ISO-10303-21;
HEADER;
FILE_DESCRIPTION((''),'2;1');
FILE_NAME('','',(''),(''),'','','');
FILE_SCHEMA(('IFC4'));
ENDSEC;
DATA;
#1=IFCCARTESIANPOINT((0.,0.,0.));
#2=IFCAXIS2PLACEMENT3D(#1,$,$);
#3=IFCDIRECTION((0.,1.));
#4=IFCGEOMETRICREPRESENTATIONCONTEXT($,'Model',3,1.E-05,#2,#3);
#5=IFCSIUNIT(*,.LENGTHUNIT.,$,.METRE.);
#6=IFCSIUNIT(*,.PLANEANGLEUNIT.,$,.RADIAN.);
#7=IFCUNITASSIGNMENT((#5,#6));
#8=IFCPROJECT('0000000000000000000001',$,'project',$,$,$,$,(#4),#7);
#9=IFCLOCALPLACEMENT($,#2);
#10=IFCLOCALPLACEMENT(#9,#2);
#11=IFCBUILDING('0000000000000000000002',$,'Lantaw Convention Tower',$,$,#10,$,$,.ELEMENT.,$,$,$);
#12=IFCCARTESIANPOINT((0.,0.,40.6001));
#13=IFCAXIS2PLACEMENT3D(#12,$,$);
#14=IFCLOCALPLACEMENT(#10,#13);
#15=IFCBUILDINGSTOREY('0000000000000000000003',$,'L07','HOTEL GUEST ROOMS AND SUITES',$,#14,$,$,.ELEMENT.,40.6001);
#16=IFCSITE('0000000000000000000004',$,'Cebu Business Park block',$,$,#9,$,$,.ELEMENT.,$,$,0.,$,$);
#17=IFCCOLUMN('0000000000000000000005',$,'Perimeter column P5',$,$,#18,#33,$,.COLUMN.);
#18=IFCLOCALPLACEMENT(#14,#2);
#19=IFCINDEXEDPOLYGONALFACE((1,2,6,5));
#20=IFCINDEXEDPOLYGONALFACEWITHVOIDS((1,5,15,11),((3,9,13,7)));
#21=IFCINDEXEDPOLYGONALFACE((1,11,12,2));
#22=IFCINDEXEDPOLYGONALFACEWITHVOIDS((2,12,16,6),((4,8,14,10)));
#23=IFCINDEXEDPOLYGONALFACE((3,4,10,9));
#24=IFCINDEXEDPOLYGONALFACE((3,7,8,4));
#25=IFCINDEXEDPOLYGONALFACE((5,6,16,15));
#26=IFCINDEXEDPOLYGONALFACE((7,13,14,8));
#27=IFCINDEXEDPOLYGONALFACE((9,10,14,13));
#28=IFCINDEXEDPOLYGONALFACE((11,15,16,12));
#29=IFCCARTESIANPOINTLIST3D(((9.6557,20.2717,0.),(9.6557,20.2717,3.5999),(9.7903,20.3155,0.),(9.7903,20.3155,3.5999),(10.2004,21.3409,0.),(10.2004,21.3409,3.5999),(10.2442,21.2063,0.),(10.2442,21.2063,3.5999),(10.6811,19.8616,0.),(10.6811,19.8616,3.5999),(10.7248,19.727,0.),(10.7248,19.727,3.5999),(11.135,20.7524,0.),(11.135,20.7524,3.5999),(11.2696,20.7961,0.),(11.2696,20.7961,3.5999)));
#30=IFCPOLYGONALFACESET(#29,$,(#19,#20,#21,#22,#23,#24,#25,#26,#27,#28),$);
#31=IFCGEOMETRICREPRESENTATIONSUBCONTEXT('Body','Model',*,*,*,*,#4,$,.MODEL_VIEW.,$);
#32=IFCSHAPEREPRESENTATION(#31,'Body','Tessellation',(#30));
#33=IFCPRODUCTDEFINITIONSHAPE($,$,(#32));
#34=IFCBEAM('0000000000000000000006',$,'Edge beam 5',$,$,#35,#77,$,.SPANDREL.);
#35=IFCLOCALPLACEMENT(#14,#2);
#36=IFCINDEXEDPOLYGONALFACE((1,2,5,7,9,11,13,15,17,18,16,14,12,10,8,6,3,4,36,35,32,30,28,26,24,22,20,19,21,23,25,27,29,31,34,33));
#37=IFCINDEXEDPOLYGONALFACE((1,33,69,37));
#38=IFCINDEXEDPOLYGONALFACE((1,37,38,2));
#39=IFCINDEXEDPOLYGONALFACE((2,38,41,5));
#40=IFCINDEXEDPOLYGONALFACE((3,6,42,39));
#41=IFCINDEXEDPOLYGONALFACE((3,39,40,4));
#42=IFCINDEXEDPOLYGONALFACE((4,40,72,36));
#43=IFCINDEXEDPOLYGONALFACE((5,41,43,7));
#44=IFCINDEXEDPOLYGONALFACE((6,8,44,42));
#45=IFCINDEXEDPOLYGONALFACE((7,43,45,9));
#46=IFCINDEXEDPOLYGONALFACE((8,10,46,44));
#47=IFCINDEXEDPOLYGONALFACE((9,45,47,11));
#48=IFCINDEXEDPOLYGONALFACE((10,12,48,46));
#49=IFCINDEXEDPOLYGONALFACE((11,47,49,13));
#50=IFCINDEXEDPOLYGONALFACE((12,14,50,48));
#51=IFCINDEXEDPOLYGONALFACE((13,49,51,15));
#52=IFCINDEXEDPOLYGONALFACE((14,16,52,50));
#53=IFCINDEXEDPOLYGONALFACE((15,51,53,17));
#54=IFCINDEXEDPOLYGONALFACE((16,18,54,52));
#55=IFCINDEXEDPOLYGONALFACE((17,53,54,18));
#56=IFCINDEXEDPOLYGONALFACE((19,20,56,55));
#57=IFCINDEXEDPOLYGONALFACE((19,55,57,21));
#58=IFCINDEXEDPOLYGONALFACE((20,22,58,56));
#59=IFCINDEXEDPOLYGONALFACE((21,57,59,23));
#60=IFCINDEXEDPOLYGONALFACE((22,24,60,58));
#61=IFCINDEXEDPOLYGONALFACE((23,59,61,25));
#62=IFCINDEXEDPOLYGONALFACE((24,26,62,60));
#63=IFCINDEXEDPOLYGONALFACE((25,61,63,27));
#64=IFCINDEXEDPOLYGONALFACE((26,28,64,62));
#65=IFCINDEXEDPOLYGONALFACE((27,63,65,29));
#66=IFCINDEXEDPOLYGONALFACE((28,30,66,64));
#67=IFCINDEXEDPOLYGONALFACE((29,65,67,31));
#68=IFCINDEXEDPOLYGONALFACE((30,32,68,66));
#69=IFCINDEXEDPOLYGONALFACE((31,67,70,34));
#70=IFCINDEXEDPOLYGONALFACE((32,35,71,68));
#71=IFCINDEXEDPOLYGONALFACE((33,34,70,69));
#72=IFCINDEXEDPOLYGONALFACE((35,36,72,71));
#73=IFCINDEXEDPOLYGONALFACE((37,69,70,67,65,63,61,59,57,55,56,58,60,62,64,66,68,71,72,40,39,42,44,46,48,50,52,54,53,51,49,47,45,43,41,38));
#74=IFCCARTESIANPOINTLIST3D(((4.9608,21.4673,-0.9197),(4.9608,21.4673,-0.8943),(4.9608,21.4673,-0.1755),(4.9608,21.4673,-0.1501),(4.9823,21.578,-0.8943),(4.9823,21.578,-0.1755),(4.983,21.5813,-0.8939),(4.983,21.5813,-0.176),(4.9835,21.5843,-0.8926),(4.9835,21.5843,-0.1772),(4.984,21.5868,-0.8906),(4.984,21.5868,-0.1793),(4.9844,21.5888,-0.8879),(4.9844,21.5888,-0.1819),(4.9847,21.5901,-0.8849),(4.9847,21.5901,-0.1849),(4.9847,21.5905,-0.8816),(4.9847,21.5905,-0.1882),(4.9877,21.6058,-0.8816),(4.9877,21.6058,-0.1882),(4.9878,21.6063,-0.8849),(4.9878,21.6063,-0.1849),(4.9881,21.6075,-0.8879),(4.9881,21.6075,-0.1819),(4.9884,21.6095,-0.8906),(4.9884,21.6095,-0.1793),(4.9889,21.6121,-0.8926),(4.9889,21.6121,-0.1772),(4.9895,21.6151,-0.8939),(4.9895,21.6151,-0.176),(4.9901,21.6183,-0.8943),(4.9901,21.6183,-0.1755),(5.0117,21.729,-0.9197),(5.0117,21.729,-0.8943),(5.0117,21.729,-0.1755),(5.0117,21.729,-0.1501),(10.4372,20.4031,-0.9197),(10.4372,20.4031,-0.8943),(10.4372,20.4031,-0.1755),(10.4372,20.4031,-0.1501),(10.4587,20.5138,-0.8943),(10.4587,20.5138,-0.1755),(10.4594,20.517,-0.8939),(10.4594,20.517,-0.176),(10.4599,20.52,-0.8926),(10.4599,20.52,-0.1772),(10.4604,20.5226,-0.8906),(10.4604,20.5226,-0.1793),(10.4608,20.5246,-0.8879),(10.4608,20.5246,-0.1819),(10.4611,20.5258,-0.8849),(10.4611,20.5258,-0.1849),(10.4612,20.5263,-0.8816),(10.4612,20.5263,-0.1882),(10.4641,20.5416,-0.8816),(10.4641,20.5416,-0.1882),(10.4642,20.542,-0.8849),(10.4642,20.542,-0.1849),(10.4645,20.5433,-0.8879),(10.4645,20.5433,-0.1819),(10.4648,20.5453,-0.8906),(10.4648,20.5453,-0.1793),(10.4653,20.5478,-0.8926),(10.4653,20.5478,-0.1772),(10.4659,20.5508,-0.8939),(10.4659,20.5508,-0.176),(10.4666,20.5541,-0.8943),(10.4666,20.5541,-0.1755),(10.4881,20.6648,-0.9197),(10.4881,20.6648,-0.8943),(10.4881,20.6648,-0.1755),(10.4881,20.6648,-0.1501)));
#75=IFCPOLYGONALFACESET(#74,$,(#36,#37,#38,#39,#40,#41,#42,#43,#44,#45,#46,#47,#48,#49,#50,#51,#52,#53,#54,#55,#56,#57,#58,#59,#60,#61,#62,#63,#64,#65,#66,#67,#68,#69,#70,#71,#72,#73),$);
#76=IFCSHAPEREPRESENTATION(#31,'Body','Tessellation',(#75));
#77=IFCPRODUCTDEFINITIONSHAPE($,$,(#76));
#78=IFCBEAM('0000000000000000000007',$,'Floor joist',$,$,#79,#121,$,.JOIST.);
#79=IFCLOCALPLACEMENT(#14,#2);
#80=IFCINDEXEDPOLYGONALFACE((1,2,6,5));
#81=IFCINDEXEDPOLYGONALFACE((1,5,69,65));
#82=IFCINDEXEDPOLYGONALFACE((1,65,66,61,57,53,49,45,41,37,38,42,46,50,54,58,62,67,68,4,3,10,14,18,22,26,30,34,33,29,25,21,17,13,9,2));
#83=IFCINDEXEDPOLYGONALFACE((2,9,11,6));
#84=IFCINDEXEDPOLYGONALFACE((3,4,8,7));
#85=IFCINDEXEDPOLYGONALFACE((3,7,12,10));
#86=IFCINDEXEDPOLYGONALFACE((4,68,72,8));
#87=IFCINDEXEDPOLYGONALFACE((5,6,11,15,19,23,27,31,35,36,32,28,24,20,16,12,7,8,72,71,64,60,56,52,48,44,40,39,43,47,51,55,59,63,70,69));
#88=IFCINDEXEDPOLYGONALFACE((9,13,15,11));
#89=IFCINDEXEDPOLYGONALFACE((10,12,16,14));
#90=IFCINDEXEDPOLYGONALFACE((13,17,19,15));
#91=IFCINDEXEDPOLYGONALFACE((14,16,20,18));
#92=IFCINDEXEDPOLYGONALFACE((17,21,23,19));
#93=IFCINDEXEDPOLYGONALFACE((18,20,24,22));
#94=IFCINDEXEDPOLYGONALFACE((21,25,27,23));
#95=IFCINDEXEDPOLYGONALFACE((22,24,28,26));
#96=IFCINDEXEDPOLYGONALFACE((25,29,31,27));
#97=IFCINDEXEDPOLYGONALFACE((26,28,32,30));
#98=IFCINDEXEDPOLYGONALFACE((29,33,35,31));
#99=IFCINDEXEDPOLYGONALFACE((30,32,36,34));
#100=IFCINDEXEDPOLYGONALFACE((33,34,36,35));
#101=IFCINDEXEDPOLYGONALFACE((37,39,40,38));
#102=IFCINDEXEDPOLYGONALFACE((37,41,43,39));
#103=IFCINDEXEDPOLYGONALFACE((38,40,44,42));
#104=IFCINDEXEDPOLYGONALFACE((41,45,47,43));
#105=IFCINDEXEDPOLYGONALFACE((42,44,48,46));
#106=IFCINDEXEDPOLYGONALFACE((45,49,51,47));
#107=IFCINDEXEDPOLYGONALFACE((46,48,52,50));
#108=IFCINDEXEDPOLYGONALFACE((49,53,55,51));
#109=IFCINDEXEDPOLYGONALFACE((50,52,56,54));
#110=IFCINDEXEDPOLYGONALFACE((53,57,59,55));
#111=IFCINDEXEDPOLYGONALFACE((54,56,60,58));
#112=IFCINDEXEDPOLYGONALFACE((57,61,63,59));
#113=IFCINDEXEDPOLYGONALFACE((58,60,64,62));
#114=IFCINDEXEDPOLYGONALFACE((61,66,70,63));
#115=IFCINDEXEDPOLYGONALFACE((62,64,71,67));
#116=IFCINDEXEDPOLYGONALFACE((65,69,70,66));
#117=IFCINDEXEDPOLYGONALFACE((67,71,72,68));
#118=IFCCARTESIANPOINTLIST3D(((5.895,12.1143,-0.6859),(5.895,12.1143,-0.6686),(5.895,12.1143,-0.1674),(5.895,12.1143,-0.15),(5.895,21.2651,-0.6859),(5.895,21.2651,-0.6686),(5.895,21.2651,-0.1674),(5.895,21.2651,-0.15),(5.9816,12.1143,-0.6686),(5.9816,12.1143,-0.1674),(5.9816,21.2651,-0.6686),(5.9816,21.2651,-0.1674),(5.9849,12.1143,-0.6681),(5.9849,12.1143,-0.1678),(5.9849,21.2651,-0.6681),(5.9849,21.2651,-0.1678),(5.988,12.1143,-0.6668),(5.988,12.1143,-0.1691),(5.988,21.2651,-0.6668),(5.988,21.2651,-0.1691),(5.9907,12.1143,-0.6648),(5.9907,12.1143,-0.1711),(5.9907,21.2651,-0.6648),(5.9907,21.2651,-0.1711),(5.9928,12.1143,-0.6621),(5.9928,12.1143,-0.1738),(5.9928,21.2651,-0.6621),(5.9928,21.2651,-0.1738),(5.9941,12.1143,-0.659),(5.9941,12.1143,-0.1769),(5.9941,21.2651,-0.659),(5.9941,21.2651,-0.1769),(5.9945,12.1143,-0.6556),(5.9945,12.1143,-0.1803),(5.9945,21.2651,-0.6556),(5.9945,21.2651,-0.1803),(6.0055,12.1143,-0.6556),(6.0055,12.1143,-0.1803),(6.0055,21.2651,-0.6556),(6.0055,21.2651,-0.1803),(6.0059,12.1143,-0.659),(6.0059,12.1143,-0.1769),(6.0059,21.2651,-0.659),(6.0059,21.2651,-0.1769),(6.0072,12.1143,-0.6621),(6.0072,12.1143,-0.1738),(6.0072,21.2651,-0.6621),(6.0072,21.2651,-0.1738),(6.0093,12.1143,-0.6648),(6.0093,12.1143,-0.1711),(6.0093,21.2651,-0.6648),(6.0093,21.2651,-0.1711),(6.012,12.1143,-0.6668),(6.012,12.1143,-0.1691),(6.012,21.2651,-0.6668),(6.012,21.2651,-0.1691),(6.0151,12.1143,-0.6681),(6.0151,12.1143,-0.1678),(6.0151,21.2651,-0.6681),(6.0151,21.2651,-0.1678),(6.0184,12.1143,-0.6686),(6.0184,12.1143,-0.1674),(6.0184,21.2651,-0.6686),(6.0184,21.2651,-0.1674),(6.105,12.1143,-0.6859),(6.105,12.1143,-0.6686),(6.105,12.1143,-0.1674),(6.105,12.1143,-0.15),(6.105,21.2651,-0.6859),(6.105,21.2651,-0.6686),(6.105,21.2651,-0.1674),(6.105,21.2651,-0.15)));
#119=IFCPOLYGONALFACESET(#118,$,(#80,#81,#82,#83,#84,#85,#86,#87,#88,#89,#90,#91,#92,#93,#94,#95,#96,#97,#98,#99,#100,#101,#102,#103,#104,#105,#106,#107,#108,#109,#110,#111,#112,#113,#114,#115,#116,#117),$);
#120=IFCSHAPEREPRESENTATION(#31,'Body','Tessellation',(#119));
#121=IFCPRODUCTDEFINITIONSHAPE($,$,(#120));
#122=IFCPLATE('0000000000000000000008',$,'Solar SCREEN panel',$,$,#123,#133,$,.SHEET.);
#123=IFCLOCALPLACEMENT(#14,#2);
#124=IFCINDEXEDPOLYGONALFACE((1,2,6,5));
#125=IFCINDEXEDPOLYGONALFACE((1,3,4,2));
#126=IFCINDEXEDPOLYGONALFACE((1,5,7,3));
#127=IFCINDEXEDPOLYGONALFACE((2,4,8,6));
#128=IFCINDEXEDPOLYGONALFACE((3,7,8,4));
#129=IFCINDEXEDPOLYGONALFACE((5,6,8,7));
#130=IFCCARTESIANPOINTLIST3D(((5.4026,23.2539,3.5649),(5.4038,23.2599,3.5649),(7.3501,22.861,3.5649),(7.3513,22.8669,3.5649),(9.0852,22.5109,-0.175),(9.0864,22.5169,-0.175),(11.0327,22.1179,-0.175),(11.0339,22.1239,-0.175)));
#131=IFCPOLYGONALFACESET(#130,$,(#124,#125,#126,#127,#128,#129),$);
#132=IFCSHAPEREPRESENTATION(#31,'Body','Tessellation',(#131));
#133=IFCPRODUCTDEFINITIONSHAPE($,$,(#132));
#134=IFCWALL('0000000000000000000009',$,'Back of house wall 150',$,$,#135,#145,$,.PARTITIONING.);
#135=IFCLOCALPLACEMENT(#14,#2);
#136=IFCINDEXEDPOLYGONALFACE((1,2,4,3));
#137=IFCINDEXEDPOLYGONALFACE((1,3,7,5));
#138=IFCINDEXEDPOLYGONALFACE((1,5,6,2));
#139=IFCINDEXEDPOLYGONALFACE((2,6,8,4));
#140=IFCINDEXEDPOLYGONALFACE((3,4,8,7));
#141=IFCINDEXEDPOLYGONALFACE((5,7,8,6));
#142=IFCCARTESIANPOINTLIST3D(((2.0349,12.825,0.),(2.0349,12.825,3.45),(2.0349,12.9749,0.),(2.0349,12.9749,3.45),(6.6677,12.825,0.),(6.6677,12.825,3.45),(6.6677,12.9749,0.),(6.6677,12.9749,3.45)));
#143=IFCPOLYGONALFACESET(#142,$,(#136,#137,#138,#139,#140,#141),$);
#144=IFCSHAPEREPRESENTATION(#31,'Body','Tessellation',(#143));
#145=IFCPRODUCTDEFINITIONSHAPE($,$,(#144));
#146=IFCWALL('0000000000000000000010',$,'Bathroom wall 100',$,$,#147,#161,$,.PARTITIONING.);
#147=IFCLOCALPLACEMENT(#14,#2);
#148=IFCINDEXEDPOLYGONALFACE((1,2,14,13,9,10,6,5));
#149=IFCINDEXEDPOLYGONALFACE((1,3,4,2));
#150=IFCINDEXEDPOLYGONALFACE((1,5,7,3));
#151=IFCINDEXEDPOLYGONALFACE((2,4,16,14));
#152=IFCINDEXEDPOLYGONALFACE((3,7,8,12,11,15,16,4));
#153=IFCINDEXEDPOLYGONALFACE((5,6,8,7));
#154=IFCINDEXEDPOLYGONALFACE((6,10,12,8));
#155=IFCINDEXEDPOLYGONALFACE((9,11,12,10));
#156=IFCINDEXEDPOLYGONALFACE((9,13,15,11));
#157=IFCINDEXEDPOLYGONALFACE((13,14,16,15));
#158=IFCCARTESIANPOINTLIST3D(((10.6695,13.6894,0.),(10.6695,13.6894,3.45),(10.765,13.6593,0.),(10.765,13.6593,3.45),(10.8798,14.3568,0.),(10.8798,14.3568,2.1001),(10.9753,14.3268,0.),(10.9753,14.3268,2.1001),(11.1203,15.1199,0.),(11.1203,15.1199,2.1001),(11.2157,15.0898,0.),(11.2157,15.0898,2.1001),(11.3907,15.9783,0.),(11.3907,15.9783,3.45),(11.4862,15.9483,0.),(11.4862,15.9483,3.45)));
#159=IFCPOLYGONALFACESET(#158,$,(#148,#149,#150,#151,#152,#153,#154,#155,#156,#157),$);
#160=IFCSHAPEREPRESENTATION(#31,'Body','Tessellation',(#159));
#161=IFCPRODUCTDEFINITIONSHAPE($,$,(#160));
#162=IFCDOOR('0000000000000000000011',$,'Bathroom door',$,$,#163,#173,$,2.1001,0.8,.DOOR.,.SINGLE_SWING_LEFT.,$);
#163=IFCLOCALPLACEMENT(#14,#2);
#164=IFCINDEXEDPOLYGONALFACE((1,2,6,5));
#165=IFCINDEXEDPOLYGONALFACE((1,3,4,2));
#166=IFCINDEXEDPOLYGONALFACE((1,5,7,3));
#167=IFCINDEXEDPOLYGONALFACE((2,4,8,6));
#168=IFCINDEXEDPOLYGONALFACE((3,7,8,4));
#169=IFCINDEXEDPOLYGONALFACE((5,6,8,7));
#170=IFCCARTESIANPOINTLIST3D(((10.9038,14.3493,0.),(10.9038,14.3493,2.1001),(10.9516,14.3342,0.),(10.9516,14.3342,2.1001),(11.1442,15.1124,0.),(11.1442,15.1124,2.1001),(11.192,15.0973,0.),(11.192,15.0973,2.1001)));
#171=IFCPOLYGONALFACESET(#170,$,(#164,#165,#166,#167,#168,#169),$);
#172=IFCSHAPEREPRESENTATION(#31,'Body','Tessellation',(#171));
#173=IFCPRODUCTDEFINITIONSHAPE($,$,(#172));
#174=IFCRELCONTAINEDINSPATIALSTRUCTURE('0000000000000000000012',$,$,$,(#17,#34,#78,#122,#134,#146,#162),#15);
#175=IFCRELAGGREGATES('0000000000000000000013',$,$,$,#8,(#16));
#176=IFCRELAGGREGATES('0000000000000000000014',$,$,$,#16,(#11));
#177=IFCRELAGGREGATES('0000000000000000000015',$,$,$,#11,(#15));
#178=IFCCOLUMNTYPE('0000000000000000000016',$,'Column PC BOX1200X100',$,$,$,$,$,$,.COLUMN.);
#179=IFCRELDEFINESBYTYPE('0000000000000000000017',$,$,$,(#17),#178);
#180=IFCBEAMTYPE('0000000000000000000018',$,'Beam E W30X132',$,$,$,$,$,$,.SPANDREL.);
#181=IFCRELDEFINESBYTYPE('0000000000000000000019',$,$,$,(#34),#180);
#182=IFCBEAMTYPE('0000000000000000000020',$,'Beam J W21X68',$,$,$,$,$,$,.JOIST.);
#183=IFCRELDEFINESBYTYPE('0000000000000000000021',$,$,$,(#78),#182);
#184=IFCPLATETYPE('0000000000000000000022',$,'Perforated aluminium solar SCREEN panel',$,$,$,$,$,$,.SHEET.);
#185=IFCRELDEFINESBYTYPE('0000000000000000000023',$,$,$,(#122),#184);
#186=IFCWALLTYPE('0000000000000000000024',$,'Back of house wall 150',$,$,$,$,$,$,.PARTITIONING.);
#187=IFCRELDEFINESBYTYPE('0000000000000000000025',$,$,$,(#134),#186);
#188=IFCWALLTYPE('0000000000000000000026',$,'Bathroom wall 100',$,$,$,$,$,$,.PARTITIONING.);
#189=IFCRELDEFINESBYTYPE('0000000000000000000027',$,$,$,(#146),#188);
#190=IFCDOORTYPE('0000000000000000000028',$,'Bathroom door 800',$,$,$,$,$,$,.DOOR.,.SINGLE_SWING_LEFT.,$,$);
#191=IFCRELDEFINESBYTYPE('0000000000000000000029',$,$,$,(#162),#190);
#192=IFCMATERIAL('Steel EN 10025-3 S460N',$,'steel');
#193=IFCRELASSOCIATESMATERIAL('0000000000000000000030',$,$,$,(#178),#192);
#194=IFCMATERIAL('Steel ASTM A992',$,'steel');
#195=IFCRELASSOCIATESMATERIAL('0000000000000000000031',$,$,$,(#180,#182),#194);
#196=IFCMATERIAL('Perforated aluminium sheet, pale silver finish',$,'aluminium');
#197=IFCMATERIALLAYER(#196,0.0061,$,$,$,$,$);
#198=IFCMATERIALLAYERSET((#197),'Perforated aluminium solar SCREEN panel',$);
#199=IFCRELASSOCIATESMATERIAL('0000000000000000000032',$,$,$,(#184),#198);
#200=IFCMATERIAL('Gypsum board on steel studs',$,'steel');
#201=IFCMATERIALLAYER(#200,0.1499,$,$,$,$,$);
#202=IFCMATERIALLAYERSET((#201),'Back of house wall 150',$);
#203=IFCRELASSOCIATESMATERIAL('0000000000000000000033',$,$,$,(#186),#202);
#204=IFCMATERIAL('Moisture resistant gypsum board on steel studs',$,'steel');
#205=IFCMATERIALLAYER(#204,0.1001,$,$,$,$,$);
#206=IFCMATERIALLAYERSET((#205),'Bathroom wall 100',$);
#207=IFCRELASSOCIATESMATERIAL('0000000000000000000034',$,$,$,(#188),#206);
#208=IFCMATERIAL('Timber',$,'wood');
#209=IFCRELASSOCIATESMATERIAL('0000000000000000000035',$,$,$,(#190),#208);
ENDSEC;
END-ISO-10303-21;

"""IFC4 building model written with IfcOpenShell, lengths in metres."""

from ifc_helpers import new_model, si_unit, direction, frame, frame_2d, origin, origin_2d, place, context, subcontext, project, spatial, polyline, rectangle, hollow_rectangle, i_section, outline, extrude, material, layer, layer_set, material_profile, profile_set, type_object, element, fill, save


model = new_model("IFC4")

# Units and contexts
model_context = context("Model", 3, precision=1e-05, world=origin(), true_north=direction((0.0, 1.0)))
body_context = subcontext(model_context, "Body", "Model", "MODEL_VIEW")
ifc_project = project(units=[si_unit("LENGTHUNIT", "METRE"), si_unit("PLANEANGLEUNIT", "RADIAN")], contexts=[model_context])

# Site, building, storey
site_placement = place(None, origin())
site = spatial("IfcSite", under=ifc_project, at=site_placement, Name="Cebu Business Park block", CompositionType="ELEMENT", RefElevation=0.0)
building_placement = place(site_placement, origin())
building = spatial("IfcBuilding", under=site, at=building_placement, Name="Lantaw Convention Tower", CompositionType="ELEMENT")
storey_placement = place(building_placement, frame((0.0, 0.0, 40.6001)))
storey = spatial("IfcBuildingStorey", under=building, at=storey_placement, Name="L07", Description="HOTEL GUEST ROOMS AND SUITES", CompositionType="ELEMENT", Elevation=40.6001)

# Column
ifc_material_1 = material(Name="Steel EN 10025-3 S460N", Category="steel")
ifc_material_profile_1 = material_profile(ifc_material_1, hollow_rectangle(XDim=1.2, YDim=1.2, WallThickness=0.1001, at=origin_2d()), Name="BOX1200X100")
ifc_material_2 = material(Name="Concrete C60/75", Category="concrete")
ifc_material_profile_2 = material_profile(ifc_material_2, rectangle(XDim=1.0, YDim=1.0, at=origin_2d()), Name="Concrete fill of BOX1200X100")
ifc_profile_set_1 = profile_set([ifc_material_profile_1, ifc_material_profile_2], Name="Steel EN 10025-3 S460N")
column_type = type_object("IfcColumnType", Name="Column PC BOX1200X100", PredefinedType="COLUMN", material=ifc_profile_set_1)
column_placement = place(storey_placement, frame((10.4626, 20.5339, 0.0), z_axis=(0.0, 0.0, 1.0), x_axis=(0.45399, 0.891007, 0.0)))
element("IfcColumn", 1, at=column_placement, inside=storey, type_object=column_type, Name="Perimeter column P5", PredefinedType="COLUMN", context=body_context, shape_type="SweptSolid", body=[
    extrude(hollow_rectangle(XDim=1.2, YDim=1.2, WallThickness=0.1001, at=origin_2d()), origin(), (0.0, 0.0, 1.0), 3.5999),
])

# Beams
ifc_material_3 = material(Name="Steel ASTM A992", Category="steel")
ifc_material_profile_3 = material_profile(ifc_material_3, i_section(OverallWidth=0.2666, OverallDepth=0.7695, WebThickness=0.0156, FlangeThickness=0.0254, FilletRadius=0.0127, at=origin_2d()), Name="W30X132")
ifc_profile_set_2 = profile_set([ifc_material_profile_3], Name="Steel ASTM A992")
beam_type_1 = type_object("IfcBeamType", Name="Beam E W30X132", PredefinedType="SPANDREL", material=ifc_profile_set_2)
beam_1_placement = place(storey_placement, frame((10.4626, 20.5339, -0.5349), z_axis=(-0.981637, 0.190761, 0.0), x_axis=(-0.190761, -0.981637, 0.0)))
element("IfcBeam", 2, at=beam_1_placement, inside=storey, type_object=beam_type_1, Name="Edge beam 5", PredefinedType="SPANDREL", context=body_context, shape_type="SweptSolid", body=[
    extrude(i_section(OverallWidth=0.2666, OverallDepth=0.7695, WebThickness=0.0156, FlangeThickness=0.0254, FilletRadius=0.0127, at=origin_2d()), origin(), (0.0, 0.0, 1.0), 5.5789),
])
ifc_material_profile_4 = material_profile(ifc_material_3, i_section(OverallWidth=0.21, OverallDepth=0.5359, WebThickness=0.011, FlangeThickness=0.0173, FilletRadius=0.0129, at=origin_2d()), Name="W21X68")
ifc_profile_set_3 = profile_set([ifc_material_profile_4], Name="Steel ASTM A992")
beam_type_2 = type_object("IfcBeamType", Name="Beam J W21X68", PredefinedType="JOIST", material=ifc_profile_set_3)
beam_2_placement = place(storey_placement, frame((6.0, 12.1143, -0.418), z_axis=(0.0, 1.0, 0.0), x_axis=(-1.0, 0.0, 0.0)))
element("IfcBeam", 3, at=beam_2_placement, inside=storey, type_object=beam_type_2, Name="Floor joist", PredefinedType="JOIST", context=body_context, shape_type="SweptSolid", body=[
    extrude(i_section(OverallWidth=0.21, OverallDepth=0.5359, WebThickness=0.011, FlangeThickness=0.0173, FilletRadius=0.0129, at=origin_2d()), origin(), (0.0, 0.0, 1.0), 9.1509),
])

# Plate
ifc_material_4 = material(Name="Perforated aluminium sheet, pale silver finish", Category="aluminium")
ifc_layer_1 = layer(ifc_material_4, 0.0061)
ifc_layer_set_1 = layer_set([ifc_layer_1], Name="Perforated aluminium solar SCREEN panel")
plate_type = type_object("IfcPlateType", Name="Perforated aluminium solar SCREEN panel", PredefinedType="SHEET", material=ifc_layer_set_1)
plate_placement = place(storey_placement, frame((11.0327, 22.1179, -0.175), z_axis=(-0.197782, -0.980246, 0.000002), x_axis=(-0.980246, 0.197782, 0.0)))
element("IfcPlate", 4, at=plate_placement, inside=storey, type_object=plate_type, Name="Solar SCREEN panel", PredefinedType="SHEET", context=body_context, shape_type="SweptSolid", body=[
    extrude(outline(polyline([(0.0, 0.0), (1.9868, 0.0), (5.7436, -3.74), (3.7569, -3.74), (0.0, 0.0)])), origin(), (0.0, 0.0, -1.0), 0.0061),
])

# Wall
ifc_material_5 = material(Name="Gypsum board on steel studs", Category="steel")
ifc_layer_2 = layer(ifc_material_5, 0.1499)
ifc_layer_set_2 = layer_set([ifc_layer_2], Name="Back of house wall 150")
wall_type_1 = type_object("IfcWallType", Name="Back of house wall 150", PredefinedType="PARTITIONING", material=ifc_layer_set_2)
wall_1_placement = place(storey_placement, frame((6.6677, 12.8999, 0.0), z_axis=(0.0, 0.0, 1.0), x_axis=(-1.0, 0.0, 0.0)))
element("IfcWall", 5, at=wall_1_placement, inside=storey, type_object=wall_type_1, Name="Back of house wall 150", PredefinedType="PARTITIONING", context=body_context, shape_type="SweptSolid", body=[
    extrude(rectangle(XDim=4.6328, YDim=0.1499, at=frame_2d((2.3164, 0.0))), origin(), (0.0, 0.0, 1.0), 3.45),
])

# Wall, opening, door
ifc_material_6 = material(Name="Moisture resistant gypsum board on steel studs", Category="steel")
ifc_layer_3 = layer(ifc_material_6, 0.1001)
ifc_layer_set_3 = layer_set([ifc_layer_3], Name="Bathroom wall 100")
wall_type_2 = type_object("IfcWallType", Name="Bathroom wall 100", PredefinedType="PARTITIONING", material=ifc_layer_set_3)
wall_2_placement = place(storey_placement, frame((10.7173, 13.6743, 0.0), z_axis=(0.0, 0.0, 1.0), x_axis=(0.300498, 0.953782, 0.0)))
wall_2 = element("IfcWall", 6, at=wall_2_placement, inside=storey, type_object=wall_type_2, Name="Bathroom wall 100", PredefinedType="PARTITIONING", context=body_context, shape_type="SweptSolid", body=[
    extrude(rectangle(XDim=2.3999, YDim=0.1001, at=frame_2d((1.2, 0.0))), origin(), (0.0, 0.0, 1.0), 3.45),
])
opening_1_placement = place(wall_2_placement, frame((0.7, 0.0, 0.0)))
opening_1 = element("IfcOpeningElement", 7, at=opening_1_placement, cuts=wall_2, PredefinedType="OPENING", context=body_context, shape_type="SweptSolid", body=[
    extrude(rectangle(XDim=0.8, YDim=2.1001, at=frame_2d((0.3999, 1.05))), frame((0.0, 0.0601, 0.0), z_axis=(0.0, -1.0, 0.0), x_axis=(1.0, 0.0, 0.0)), (0.0, 0.0, 1.0), 0.1201),
])
ifc_material_7 = material(Name="Timber", Category="wood")
door_type_1 = type_object("IfcDoorType", Name="Bathroom door 800", OperationType="SINGLE_SWING_LEFT", PredefinedType="DOOR", material=ifc_material_7)
door_1_placement = place(opening_1_placement, origin())
door_1 = element("IfcDoor", 8, at=door_1_placement, inside=storey, type_object=door_type_1, Name="Bathroom door", OperationType="SINGLE_SWING_LEFT", OverallHeight=2.1001, OverallWidth=0.8, PredefinedType="DOOR", context=body_context, shape_type="SweptSolid", body=[
    extrude(rectangle(XDim=0.8, YDim=2.1001, at=frame_2d((0.3999, 1.05))), frame((0.0, 0.0249, 0.0), z_axis=(0.0, -1.0, 0.0), x_axis=(1.0, 0.0, 0.0)), (0.0, 0.0, 1.0), 0.05),
])
fill(opening_1, door_1)

save(model, "model.ifc")
